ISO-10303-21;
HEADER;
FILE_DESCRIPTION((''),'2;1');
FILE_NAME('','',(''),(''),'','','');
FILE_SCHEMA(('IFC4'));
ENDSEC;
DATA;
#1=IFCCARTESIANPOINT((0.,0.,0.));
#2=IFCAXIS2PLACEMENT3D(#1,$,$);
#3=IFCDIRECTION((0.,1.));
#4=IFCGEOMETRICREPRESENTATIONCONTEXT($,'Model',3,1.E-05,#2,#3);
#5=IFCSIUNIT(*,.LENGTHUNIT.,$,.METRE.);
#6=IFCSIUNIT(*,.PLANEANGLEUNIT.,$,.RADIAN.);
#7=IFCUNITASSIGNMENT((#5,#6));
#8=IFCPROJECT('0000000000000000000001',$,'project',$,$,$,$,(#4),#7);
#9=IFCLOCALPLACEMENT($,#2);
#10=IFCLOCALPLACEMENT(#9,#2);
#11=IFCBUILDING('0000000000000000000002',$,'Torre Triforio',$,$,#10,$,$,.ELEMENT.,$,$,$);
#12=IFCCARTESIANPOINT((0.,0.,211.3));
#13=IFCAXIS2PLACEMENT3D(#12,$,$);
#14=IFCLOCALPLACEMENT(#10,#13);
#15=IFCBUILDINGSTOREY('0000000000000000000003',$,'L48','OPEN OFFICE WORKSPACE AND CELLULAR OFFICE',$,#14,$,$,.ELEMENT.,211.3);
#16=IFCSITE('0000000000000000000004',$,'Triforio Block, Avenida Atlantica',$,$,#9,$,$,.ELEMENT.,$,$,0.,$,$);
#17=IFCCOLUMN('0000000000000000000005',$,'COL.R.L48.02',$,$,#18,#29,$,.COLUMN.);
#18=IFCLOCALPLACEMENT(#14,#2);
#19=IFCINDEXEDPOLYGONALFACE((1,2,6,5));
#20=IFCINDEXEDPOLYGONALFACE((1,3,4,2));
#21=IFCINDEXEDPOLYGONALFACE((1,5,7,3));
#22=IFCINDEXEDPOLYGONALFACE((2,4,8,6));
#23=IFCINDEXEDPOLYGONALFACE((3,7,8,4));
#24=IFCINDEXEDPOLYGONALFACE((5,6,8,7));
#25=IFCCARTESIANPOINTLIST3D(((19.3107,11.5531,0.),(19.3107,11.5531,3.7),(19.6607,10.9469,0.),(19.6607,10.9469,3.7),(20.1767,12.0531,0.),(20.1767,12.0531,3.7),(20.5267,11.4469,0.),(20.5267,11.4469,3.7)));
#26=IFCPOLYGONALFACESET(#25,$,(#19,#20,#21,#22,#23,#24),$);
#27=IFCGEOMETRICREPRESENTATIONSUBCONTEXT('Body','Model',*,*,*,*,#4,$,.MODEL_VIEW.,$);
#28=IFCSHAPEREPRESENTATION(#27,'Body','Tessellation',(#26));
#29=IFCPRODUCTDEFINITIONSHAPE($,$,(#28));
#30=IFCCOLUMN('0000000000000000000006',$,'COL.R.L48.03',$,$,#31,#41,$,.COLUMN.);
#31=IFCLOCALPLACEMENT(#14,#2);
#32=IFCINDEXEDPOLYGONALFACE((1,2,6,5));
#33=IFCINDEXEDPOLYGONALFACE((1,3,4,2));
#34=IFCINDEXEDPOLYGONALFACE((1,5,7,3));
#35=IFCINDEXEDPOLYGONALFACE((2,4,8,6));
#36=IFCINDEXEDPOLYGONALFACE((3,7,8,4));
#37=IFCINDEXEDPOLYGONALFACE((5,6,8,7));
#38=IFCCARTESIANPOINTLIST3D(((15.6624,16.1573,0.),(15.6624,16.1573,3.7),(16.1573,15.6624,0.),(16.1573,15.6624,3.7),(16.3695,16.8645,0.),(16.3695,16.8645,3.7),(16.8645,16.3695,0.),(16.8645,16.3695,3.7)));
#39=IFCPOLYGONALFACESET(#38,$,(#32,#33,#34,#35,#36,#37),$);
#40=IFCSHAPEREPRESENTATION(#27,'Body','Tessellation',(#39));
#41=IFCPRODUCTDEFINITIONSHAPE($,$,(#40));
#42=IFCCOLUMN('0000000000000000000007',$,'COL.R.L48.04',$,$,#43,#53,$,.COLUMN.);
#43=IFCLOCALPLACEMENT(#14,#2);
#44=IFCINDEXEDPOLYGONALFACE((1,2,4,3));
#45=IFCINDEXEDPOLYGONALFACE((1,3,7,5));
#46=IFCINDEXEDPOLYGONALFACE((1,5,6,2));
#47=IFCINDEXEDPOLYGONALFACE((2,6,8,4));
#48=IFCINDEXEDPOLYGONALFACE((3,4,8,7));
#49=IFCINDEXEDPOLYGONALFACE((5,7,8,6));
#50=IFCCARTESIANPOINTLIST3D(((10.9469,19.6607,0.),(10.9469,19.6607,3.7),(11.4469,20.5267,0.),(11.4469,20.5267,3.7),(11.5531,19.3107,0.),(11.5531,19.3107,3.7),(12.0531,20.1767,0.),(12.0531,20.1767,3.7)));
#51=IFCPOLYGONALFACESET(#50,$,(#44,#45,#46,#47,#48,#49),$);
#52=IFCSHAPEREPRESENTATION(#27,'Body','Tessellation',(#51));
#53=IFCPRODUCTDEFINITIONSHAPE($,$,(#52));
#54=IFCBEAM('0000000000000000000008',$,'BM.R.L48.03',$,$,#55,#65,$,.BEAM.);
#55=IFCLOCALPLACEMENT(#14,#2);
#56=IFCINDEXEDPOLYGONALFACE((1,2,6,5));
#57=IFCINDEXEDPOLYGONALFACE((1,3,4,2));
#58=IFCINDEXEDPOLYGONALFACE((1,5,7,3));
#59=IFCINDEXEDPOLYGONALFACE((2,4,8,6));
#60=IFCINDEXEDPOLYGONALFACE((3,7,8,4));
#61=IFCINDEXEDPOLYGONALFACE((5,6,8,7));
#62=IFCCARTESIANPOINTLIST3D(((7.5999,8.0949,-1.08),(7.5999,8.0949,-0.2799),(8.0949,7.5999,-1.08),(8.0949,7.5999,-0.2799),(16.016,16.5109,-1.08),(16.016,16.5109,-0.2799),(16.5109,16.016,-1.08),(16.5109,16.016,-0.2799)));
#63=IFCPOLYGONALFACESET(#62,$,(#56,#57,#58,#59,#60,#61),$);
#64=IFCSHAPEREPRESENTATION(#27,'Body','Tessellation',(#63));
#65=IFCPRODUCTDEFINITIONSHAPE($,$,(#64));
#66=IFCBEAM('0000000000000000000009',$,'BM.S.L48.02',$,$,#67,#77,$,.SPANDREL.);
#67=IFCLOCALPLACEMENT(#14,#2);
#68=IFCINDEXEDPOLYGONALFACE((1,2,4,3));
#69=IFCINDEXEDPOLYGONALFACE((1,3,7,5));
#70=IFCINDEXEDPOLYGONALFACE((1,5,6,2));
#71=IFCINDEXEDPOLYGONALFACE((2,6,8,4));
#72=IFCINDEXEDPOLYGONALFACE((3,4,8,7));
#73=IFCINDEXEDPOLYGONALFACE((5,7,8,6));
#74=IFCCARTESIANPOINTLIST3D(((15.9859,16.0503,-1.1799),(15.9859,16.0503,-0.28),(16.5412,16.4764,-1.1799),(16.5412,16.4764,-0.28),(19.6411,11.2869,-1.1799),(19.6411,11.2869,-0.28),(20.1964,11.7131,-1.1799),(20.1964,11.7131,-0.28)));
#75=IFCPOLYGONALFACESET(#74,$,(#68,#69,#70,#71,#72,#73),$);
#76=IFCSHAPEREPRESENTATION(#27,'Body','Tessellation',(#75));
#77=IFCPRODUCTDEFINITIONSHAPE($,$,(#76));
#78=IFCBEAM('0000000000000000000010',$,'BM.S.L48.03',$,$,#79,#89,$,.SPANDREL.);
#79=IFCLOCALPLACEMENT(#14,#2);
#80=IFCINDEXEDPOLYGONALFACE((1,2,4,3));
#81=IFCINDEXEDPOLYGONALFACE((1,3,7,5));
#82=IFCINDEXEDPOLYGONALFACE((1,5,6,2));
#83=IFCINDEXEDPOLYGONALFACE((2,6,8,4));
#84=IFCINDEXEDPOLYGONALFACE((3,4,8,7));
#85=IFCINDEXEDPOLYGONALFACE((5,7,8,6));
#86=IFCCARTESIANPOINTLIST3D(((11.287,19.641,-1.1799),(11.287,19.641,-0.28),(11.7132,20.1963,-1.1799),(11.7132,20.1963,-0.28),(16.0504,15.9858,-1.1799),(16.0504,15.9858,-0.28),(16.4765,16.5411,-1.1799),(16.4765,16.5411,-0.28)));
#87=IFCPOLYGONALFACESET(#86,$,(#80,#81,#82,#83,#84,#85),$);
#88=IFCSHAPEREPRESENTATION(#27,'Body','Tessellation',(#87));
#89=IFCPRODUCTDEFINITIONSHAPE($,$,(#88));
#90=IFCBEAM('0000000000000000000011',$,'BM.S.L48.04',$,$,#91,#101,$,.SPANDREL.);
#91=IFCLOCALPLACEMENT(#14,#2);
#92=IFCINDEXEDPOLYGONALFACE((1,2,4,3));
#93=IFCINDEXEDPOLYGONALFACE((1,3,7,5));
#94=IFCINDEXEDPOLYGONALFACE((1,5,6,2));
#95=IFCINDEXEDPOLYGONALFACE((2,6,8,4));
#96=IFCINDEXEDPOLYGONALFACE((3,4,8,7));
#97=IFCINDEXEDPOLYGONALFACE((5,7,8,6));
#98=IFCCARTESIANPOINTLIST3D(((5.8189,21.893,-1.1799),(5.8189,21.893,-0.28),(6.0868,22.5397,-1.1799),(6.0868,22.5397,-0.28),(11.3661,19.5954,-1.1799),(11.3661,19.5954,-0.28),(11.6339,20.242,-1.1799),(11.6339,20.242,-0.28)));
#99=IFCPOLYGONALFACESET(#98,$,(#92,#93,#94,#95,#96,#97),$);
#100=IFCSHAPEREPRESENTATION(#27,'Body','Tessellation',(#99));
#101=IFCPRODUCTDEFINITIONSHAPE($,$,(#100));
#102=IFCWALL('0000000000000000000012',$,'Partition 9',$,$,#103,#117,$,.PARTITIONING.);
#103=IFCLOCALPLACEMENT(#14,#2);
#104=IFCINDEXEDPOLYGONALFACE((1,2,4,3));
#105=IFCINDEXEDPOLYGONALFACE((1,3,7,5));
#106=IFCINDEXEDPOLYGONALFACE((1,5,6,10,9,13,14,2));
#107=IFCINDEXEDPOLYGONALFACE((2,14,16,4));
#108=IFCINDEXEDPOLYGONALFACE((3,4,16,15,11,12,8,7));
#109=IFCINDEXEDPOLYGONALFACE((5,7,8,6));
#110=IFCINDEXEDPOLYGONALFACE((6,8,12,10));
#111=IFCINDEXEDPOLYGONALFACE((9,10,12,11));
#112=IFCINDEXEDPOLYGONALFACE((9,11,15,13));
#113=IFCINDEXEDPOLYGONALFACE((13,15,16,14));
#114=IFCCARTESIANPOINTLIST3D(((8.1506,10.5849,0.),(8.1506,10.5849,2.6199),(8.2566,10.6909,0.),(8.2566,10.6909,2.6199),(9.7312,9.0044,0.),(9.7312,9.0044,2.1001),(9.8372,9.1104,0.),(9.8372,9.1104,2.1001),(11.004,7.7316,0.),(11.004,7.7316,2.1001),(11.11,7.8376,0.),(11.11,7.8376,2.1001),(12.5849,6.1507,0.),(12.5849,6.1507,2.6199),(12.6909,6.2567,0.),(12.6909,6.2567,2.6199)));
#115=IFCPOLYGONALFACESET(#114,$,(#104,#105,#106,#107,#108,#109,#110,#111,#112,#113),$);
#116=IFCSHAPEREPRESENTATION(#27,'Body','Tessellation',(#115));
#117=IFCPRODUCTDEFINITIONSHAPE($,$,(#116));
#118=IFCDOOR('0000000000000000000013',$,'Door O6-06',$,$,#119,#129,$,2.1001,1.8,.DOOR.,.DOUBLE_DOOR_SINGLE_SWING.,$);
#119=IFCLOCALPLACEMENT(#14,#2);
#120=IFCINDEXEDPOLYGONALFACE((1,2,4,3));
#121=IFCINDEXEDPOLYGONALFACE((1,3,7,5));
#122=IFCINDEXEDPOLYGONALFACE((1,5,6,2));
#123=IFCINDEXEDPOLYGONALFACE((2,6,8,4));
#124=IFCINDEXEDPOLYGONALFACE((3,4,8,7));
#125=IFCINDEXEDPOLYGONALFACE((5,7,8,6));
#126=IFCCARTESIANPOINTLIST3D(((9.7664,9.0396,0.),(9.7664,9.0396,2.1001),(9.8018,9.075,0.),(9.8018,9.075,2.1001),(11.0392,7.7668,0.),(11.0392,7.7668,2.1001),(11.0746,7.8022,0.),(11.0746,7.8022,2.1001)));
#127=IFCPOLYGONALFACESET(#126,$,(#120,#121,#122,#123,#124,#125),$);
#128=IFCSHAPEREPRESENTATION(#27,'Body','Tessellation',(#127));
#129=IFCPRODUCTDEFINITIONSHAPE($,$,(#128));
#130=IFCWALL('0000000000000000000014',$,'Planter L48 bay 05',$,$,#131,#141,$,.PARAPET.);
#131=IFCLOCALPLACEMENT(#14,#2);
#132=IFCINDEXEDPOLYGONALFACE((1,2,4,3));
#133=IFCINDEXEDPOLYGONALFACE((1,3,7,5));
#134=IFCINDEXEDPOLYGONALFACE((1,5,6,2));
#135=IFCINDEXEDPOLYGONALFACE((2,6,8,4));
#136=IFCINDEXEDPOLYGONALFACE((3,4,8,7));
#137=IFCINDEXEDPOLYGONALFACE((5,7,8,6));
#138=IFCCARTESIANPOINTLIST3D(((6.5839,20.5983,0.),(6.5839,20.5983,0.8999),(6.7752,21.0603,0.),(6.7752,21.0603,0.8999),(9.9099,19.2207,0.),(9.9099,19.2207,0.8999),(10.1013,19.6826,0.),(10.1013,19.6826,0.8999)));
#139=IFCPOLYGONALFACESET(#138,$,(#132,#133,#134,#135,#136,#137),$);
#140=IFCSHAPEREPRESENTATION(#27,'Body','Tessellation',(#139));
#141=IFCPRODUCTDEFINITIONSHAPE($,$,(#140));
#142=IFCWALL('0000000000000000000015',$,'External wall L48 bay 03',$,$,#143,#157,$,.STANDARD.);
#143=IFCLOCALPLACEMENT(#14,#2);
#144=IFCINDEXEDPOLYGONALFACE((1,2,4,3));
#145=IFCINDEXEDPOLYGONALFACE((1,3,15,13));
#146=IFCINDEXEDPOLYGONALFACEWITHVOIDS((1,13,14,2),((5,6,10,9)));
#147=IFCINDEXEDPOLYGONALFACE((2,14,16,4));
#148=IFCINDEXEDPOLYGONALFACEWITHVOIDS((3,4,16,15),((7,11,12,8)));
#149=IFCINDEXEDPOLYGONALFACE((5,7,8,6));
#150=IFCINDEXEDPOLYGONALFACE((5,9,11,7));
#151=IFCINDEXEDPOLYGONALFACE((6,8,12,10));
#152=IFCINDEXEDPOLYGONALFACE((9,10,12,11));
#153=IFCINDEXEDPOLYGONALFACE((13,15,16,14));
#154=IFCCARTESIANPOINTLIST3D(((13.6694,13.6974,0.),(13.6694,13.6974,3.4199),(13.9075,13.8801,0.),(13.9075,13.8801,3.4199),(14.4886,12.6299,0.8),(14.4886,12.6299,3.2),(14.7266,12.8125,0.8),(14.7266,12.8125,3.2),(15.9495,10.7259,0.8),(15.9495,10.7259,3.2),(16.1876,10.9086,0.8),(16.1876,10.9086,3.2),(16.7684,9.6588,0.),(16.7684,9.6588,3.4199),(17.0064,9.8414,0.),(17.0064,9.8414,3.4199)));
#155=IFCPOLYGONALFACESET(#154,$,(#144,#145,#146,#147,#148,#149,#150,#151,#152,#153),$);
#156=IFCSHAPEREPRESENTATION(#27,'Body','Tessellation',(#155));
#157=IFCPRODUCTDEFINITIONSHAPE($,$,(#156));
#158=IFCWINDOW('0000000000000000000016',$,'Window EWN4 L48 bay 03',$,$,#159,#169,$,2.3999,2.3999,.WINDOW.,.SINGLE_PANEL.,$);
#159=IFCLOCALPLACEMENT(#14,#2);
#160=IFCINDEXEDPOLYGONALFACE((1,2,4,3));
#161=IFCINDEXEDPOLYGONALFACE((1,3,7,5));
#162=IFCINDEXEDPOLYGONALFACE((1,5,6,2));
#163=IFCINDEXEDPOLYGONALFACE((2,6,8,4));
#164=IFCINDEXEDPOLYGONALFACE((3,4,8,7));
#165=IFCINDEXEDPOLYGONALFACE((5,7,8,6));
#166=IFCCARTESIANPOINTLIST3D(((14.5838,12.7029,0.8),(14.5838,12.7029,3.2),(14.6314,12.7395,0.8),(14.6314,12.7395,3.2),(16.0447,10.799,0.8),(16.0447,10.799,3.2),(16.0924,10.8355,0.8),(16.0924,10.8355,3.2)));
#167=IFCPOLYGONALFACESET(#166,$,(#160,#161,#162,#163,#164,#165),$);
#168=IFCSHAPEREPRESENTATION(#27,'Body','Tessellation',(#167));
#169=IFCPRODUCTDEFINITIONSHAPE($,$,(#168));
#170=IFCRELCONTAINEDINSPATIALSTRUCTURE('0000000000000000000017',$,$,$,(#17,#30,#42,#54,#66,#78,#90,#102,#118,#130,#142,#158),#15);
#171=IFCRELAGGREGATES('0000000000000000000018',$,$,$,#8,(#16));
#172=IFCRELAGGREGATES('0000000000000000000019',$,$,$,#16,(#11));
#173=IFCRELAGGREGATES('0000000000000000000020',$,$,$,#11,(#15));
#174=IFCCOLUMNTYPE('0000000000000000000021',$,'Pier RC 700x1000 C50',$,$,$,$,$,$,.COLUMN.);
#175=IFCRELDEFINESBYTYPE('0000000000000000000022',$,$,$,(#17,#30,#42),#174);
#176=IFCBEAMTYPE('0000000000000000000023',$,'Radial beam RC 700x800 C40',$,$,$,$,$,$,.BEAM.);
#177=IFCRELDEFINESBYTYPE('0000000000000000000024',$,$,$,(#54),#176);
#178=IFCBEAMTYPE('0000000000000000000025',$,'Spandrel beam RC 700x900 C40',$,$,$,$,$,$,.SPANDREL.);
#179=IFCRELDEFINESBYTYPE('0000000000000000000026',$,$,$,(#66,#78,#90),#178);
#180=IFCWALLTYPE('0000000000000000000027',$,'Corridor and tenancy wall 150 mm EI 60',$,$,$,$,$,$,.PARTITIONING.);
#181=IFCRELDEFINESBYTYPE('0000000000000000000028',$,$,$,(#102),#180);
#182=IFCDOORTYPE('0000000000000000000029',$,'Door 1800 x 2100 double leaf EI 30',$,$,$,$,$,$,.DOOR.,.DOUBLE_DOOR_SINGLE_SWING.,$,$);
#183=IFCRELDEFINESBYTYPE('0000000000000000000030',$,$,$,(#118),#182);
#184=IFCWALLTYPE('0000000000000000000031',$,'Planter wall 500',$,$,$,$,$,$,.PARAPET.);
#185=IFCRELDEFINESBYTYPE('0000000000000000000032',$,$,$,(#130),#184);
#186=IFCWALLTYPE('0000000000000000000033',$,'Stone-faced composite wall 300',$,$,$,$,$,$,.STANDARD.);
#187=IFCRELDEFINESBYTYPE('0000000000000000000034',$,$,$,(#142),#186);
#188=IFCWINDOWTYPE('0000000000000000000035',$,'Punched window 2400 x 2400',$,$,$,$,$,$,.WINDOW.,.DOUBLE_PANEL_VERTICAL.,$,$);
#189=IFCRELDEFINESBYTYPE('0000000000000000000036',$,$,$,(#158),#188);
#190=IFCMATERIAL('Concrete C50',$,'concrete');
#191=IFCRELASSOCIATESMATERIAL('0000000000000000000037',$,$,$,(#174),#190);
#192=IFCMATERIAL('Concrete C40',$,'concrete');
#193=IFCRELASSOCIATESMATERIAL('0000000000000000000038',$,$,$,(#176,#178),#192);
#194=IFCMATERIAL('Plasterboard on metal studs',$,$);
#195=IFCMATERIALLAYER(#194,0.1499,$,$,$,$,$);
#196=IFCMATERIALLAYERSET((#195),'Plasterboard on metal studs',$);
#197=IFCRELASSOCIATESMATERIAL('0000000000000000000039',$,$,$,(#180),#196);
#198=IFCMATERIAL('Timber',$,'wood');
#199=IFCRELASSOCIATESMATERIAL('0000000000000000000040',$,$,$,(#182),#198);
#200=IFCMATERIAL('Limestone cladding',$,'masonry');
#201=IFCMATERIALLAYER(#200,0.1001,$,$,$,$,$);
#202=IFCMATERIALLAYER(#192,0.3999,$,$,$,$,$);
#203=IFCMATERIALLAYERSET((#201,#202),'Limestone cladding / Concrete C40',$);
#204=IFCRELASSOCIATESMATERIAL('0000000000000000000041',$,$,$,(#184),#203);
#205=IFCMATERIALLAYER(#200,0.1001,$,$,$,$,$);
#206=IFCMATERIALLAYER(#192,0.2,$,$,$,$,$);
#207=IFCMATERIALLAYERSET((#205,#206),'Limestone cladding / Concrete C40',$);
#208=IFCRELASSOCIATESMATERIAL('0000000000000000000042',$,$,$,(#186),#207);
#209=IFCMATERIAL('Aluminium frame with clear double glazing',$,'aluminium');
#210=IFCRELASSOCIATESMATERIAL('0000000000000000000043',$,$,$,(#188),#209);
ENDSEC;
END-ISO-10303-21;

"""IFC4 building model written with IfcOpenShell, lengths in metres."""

from ifc_helpers import new_model, si_unit, direction, frame, frame_2d, origin, origin_2d, place, context, subcontext, project, spatial, rectangle, extrude, material, layer, layer_set, material_profile, profile_set, type_object, element, fill, save


model = new_model("IFC4")

# Units and contexts
model_context = context("Model", 3, precision=1e-05, world=origin(), true_north=direction((0.0, 1.0)))
body_context = subcontext(model_context, "Body", "Model", "MODEL_VIEW")
ifc_project = project(units=[si_unit("LENGTHUNIT", "METRE"), si_unit("PLANEANGLEUNIT", "RADIAN")], contexts=[model_context])

# Site, building, storey
site_placement = place(None, origin())
site = spatial("IfcSite", under=ifc_project, at=site_placement, Name="Triforio Block, Avenida Atlantica", CompositionType="ELEMENT", RefElevation=0.0)
building_placement = place(site_placement, origin())
building = spatial("IfcBuilding", under=site, at=building_placement, Name="Torre Triforio", CompositionType="ELEMENT")
storey_placement = place(building_placement, frame((0.0, 0.0, 211.3)))
storey = spatial("IfcBuildingStorey", under=building, at=storey_placement, Name="L48", Description="OPEN OFFICE WORKSPACE AND CELLULAR OFFICE", CompositionType="ELEMENT", Elevation=211.3)

# Columns
ifc_material_1 = material(Name="Concrete C50", Category="concrete")
ifc_material_profile_1 = material_profile(ifc_material_1, rectangle(XDim=0.7, YDim=1.0, at=origin_2d()), Name="RC 700x1000")
ifc_profile_set_1 = profile_set([ifc_material_profile_1], Name="Concrete C50")
column_type = type_object("IfcColumnType", Name="Pier RC 700x1000 C50", PredefinedType="COLUMN", material=ifc_profile_set_1)
for number, where, z_axis, x_axis, name in (
    (1, (19.9187, 11.5, 0.0), (0.0, 0.0, 1.0), (-0.5, 0.866025, 0.0), "COL.R.L48.02"),
    (2, (16.2634, 16.2634, 0.0), (0.0, 0.0, 1.0), (-0.707107, 0.707107, 0.0), "COL.R.L48.03"),
    (3, (11.5, 19.9187, 0.0), (0.0, 0.0, 1.0), (-0.866025, 0.5, 0.0), "COL.R.L48.04"),
):
    element("IfcColumn", number, at=place(storey_placement, frame(where, z_axis=z_axis, x_axis=x_axis)), inside=storey, type_object=column_type, Name=name, PredefinedType="COLUMN", context=body_context, shape_type="SweptSolid", body=[
        extrude(rectangle(XDim=0.7, YDim=1.0, at=origin_2d()), origin(), (0.0, 0.0, 1.0), 3.7),
    ])

# Beams
ifc_material_2 = material(Name="Concrete C40", Category="concrete")
ifc_material_profile_2 = material_profile(ifc_material_2, rectangle(XDim=0.7, YDim=0.8, at=origin_2d()), Name="RC 700x800")
ifc_profile_set_2 = profile_set([ifc_material_profile_2], Name="Concrete C40")
beam_type_1 = type_object("IfcBeamType", Name="Radial beam RC 700x800 C40", PredefinedType="BEAM", material=ifc_profile_set_2)
beam_placement = place(storey_placement, frame((7.8474, 7.8474, -0.6799), z_axis=(0.707107, 0.707107, 0.0), x_axis=(-0.707107, 0.707107, 0.0)))
element("IfcBeam", 4, at=beam_placement, inside=storey, type_object=beam_type_1, Name="BM.R.L48.03", PredefinedType="BEAM", context=body_context, shape_type="SweptSolid", body=[
    extrude(rectangle(XDim=0.7, YDim=0.8, at=origin_2d()), origin(), (0.0, 0.0, 1.0), 11.9021),
])
ifc_material_profile_3 = material_profile(ifc_material_2, rectangle(XDim=0.7, YDim=0.8999, at=origin_2d()), Name="RC 700x900")
ifc_profile_set_3 = profile_set([ifc_material_profile_3], Name="Concrete C40")
beam_type_2 = type_object("IfcBeamType", Name="Spandrel beam RC 700x900 C40", PredefinedType="SPANDREL", material=ifc_profile_set_3)
for number, where, z_axis, x_axis, name in (
    (5, (19.9187, 11.5, -0.73), (-0.608779, 0.79334, 0.0), (-0.79334, -0.608779, 0.0), "BM.S.L48.02"),
    (6, (16.2634, 16.2634, -0.73), (-0.79334, 0.608779, 0.0), (-0.608779, -0.79334, 0.0), "BM.S.L48.03"),
    (7, (11.5, 19.9187, -0.73), (-0.923885, 0.382671, 0.0), (-0.382671, -0.923885, 0.0), "BM.S.L48.04"),
):
    element("IfcBeam", number, at=place(storey_placement, frame(where, z_axis=z_axis, x_axis=x_axis)), inside=storey, type_object=beam_type_2, Name=name, PredefinedType="SPANDREL", context=body_context, shape_type="SweptSolid", body=[
        extrude(rectangle(XDim=0.7, YDim=0.8999, at=origin_2d()), origin(), (0.0, 0.0, 1.0), 6.0042),
    ])

# Wall, opening, door
ifc_material_3 = material(Name="Plasterboard on metal studs")
ifc_layer_1 = layer(ifc_material_3, 0.1499)
ifc_layer_set_1 = layer_set([ifc_layer_1], Name="Plasterboard on metal studs")
wall_type_1 = type_object("IfcWallType", Name="Corridor and tenancy wall 150 mm EI 60", PredefinedType="PARTITIONING", material=ifc_layer_set_1)
wall_1_placement = place(storey_placement, frame((8.2036, 10.6379, 0.0), z_axis=(0.0, 0.0, 1.0), x_axis=(0.707107, -0.707107, 0.0)))
wall_1 = element("IfcWall", 8, at=wall_1_placement, inside=storey, type_object=wall_type_1, Name="Partition 9", PredefinedType="PARTITIONING", context=body_context, shape_type="SweptSolid", body=[
    extrude(rectangle(XDim=6.271, YDim=0.1499, at=frame_2d((3.1355, 0.0))), origin(), (0.0, 0.0, 1.0), 2.6199),
])
opening_1_placement = place(wall_1_placement, frame((2.2354, 0.0, 0.0)))
opening_1 = element("IfcOpeningElement", 9, at=opening_1_placement, cuts=wall_1, PredefinedType="OPENING", context=body_context, shape_type="SweptSolid", body=[
    extrude(rectangle(XDim=1.8, YDim=2.1001, at=frame_2d((0.8999, 1.05))), frame((0.0, 0.085, 0.0), z_axis=(0.0, -1.0, 0.0), x_axis=(1.0, 0.0, 0.0)), (0.0, 0.0, 1.0), 0.1699),
])
ifc_material_4 = material(Name="Timber", Category="wood")
door_type_1 = type_object("IfcDoorType", Name="Door 1800 x 2100 double leaf EI 30", OperationType="DOUBLE_DOOR_SINGLE_SWING", PredefinedType="DOOR", material=ifc_material_4)
door_1_placement = place(opening_1_placement, origin())
door_1 = element("IfcDoor", 10, at=door_1_placement, inside=storey, type_object=door_type_1, Name="Door O6-06", OperationType="DOUBLE_DOOR_SINGLE_SWING", OverallHeight=2.1001, OverallWidth=1.8, PredefinedType="DOOR", context=body_context, shape_type="SweptSolid", body=[
    extrude(rectangle(XDim=1.8, YDim=2.1001, at=frame_2d((0.8999, 1.05))), frame((0.0, 0.0249, 0.0), z_axis=(0.0, -1.0, 0.0), x_axis=(1.0, 0.0, 0.0)), (0.0, 0.0, 1.0), 0.05),
])
fill(opening_1, door_1)

# Wall
ifc_material_5 = material(Name="Limestone cladding", Category="masonry")
ifc_layer_2 = layer(ifc_material_5, 0.1001)
ifc_layer_3 = layer(ifc_material_2, 0.3999)
ifc_layer_set_2 = layer_set([ifc_layer_2, ifc_layer_3], Name="Limestone cladding / Concrete C40")
wall_type_2 = type_object("IfcWallType", Name="Planter wall 500", PredefinedType="PARAPET", material=ifc_layer_set_2)
wall_2_placement = place(storey_placement, frame((10.0056, 19.4517, 0.0), z_axis=(0.0, 0.0, 1.0), x_axis=(-0.923885, 0.382669, 0.0)))
element("IfcWall", 11, at=wall_2_placement, inside=storey, type_object=wall_type_2, Name="Planter L48 bay 05", PredefinedType="PARAPET", context=body_context, shape_type="SweptSolid", body=[
    extrude(rectangle(XDim=3.6001, YDim=0.5, at=frame_2d((1.8, 0.0))), origin(), (0.0, 0.0, 1.0), 0.8999),
])

# Wall, opening, window
ifc_layer_4 = layer(ifc_material_5, 0.1001)
ifc_layer_5 = layer(ifc_material_2, 0.2)
ifc_layer_set_3 = layer_set([ifc_layer_4, ifc_layer_5], Name="Limestone cladding / Concrete C40")
wall_type_3 = type_object("IfcWallType", Name="Stone-faced composite wall 300", PredefinedType="STANDARD", material=ifc_layer_set_3)
wall_3_placement = place(storey_placement, frame((16.8875, 9.75, 0.0), z_axis=(0.0, 0.0, 1.0), x_axis=(-0.608758, 0.793356, 0.0)))
wall_3 = element("IfcWall", 12, at=wall_3_placement, inside=storey, type_object=wall_type_3, Name="External wall L48 bay 03", PredefinedType="STANDARD", context=body_context, shape_type="SweptSolid", body=[
    extrude(rectangle(XDim=5.0906, YDim=0.3, at=frame_2d((2.5454, 0.0))), origin(), (0.0, 0.0, 1.0), 3.4199),
])
opening_2_placement = place(wall_3_placement, frame((1.3452, 0.0, 0.8)))
opening_2 = element("IfcOpeningElement", 13, at=opening_2_placement, cuts=wall_3, PredefinedType="OPENING", context=body_context, shape_type="SweptSolid", body=[
    extrude(rectangle(XDim=2.3999, YDim=2.3999, at=frame_2d((1.2, 1.2))), frame((0.0, 0.1599, 0.0), z_axis=(0.0, -1.0, 0.0), x_axis=(1.0, 0.0, 0.0)), (0.0, 0.0, 1.0), 0.3201),
])
ifc_material_6 = material(Name="Aluminium frame with clear double glazing", Category="aluminium")
window_type_1 = type_object("IfcWindowType", Name="Punched window 2400 x 2400", PartitioningType="DOUBLE_PANEL_VERTICAL", PredefinedType="WINDOW", material=ifc_material_6)
window_1_placement = place(opening_2_placement, origin())
window_1 = element("IfcWindow", 14, at=window_1_placement, inside=storey, type_object=window_type_1, Name="Window EWN4 L48 bay 03", OverallHeight=2.3999, OverallWidth=2.3999, PartitioningType="SINGLE_PANEL", PredefinedType="WINDOW", context=body_context, shape_type="SweptSolid", body=[
    extrude(rectangle(XDim=2.3999, YDim=2.3999, at=frame_2d((1.2, 1.2))), frame((0.0, 0.03, 0.0), z_axis=(0.0, -1.0, 0.0), x_axis=(1.0, 0.0, 0.0)), (0.0, 0.0, 1.0), 0.0601),
])
fill(opening_2, window_1)

save(model, "model.ifc")
